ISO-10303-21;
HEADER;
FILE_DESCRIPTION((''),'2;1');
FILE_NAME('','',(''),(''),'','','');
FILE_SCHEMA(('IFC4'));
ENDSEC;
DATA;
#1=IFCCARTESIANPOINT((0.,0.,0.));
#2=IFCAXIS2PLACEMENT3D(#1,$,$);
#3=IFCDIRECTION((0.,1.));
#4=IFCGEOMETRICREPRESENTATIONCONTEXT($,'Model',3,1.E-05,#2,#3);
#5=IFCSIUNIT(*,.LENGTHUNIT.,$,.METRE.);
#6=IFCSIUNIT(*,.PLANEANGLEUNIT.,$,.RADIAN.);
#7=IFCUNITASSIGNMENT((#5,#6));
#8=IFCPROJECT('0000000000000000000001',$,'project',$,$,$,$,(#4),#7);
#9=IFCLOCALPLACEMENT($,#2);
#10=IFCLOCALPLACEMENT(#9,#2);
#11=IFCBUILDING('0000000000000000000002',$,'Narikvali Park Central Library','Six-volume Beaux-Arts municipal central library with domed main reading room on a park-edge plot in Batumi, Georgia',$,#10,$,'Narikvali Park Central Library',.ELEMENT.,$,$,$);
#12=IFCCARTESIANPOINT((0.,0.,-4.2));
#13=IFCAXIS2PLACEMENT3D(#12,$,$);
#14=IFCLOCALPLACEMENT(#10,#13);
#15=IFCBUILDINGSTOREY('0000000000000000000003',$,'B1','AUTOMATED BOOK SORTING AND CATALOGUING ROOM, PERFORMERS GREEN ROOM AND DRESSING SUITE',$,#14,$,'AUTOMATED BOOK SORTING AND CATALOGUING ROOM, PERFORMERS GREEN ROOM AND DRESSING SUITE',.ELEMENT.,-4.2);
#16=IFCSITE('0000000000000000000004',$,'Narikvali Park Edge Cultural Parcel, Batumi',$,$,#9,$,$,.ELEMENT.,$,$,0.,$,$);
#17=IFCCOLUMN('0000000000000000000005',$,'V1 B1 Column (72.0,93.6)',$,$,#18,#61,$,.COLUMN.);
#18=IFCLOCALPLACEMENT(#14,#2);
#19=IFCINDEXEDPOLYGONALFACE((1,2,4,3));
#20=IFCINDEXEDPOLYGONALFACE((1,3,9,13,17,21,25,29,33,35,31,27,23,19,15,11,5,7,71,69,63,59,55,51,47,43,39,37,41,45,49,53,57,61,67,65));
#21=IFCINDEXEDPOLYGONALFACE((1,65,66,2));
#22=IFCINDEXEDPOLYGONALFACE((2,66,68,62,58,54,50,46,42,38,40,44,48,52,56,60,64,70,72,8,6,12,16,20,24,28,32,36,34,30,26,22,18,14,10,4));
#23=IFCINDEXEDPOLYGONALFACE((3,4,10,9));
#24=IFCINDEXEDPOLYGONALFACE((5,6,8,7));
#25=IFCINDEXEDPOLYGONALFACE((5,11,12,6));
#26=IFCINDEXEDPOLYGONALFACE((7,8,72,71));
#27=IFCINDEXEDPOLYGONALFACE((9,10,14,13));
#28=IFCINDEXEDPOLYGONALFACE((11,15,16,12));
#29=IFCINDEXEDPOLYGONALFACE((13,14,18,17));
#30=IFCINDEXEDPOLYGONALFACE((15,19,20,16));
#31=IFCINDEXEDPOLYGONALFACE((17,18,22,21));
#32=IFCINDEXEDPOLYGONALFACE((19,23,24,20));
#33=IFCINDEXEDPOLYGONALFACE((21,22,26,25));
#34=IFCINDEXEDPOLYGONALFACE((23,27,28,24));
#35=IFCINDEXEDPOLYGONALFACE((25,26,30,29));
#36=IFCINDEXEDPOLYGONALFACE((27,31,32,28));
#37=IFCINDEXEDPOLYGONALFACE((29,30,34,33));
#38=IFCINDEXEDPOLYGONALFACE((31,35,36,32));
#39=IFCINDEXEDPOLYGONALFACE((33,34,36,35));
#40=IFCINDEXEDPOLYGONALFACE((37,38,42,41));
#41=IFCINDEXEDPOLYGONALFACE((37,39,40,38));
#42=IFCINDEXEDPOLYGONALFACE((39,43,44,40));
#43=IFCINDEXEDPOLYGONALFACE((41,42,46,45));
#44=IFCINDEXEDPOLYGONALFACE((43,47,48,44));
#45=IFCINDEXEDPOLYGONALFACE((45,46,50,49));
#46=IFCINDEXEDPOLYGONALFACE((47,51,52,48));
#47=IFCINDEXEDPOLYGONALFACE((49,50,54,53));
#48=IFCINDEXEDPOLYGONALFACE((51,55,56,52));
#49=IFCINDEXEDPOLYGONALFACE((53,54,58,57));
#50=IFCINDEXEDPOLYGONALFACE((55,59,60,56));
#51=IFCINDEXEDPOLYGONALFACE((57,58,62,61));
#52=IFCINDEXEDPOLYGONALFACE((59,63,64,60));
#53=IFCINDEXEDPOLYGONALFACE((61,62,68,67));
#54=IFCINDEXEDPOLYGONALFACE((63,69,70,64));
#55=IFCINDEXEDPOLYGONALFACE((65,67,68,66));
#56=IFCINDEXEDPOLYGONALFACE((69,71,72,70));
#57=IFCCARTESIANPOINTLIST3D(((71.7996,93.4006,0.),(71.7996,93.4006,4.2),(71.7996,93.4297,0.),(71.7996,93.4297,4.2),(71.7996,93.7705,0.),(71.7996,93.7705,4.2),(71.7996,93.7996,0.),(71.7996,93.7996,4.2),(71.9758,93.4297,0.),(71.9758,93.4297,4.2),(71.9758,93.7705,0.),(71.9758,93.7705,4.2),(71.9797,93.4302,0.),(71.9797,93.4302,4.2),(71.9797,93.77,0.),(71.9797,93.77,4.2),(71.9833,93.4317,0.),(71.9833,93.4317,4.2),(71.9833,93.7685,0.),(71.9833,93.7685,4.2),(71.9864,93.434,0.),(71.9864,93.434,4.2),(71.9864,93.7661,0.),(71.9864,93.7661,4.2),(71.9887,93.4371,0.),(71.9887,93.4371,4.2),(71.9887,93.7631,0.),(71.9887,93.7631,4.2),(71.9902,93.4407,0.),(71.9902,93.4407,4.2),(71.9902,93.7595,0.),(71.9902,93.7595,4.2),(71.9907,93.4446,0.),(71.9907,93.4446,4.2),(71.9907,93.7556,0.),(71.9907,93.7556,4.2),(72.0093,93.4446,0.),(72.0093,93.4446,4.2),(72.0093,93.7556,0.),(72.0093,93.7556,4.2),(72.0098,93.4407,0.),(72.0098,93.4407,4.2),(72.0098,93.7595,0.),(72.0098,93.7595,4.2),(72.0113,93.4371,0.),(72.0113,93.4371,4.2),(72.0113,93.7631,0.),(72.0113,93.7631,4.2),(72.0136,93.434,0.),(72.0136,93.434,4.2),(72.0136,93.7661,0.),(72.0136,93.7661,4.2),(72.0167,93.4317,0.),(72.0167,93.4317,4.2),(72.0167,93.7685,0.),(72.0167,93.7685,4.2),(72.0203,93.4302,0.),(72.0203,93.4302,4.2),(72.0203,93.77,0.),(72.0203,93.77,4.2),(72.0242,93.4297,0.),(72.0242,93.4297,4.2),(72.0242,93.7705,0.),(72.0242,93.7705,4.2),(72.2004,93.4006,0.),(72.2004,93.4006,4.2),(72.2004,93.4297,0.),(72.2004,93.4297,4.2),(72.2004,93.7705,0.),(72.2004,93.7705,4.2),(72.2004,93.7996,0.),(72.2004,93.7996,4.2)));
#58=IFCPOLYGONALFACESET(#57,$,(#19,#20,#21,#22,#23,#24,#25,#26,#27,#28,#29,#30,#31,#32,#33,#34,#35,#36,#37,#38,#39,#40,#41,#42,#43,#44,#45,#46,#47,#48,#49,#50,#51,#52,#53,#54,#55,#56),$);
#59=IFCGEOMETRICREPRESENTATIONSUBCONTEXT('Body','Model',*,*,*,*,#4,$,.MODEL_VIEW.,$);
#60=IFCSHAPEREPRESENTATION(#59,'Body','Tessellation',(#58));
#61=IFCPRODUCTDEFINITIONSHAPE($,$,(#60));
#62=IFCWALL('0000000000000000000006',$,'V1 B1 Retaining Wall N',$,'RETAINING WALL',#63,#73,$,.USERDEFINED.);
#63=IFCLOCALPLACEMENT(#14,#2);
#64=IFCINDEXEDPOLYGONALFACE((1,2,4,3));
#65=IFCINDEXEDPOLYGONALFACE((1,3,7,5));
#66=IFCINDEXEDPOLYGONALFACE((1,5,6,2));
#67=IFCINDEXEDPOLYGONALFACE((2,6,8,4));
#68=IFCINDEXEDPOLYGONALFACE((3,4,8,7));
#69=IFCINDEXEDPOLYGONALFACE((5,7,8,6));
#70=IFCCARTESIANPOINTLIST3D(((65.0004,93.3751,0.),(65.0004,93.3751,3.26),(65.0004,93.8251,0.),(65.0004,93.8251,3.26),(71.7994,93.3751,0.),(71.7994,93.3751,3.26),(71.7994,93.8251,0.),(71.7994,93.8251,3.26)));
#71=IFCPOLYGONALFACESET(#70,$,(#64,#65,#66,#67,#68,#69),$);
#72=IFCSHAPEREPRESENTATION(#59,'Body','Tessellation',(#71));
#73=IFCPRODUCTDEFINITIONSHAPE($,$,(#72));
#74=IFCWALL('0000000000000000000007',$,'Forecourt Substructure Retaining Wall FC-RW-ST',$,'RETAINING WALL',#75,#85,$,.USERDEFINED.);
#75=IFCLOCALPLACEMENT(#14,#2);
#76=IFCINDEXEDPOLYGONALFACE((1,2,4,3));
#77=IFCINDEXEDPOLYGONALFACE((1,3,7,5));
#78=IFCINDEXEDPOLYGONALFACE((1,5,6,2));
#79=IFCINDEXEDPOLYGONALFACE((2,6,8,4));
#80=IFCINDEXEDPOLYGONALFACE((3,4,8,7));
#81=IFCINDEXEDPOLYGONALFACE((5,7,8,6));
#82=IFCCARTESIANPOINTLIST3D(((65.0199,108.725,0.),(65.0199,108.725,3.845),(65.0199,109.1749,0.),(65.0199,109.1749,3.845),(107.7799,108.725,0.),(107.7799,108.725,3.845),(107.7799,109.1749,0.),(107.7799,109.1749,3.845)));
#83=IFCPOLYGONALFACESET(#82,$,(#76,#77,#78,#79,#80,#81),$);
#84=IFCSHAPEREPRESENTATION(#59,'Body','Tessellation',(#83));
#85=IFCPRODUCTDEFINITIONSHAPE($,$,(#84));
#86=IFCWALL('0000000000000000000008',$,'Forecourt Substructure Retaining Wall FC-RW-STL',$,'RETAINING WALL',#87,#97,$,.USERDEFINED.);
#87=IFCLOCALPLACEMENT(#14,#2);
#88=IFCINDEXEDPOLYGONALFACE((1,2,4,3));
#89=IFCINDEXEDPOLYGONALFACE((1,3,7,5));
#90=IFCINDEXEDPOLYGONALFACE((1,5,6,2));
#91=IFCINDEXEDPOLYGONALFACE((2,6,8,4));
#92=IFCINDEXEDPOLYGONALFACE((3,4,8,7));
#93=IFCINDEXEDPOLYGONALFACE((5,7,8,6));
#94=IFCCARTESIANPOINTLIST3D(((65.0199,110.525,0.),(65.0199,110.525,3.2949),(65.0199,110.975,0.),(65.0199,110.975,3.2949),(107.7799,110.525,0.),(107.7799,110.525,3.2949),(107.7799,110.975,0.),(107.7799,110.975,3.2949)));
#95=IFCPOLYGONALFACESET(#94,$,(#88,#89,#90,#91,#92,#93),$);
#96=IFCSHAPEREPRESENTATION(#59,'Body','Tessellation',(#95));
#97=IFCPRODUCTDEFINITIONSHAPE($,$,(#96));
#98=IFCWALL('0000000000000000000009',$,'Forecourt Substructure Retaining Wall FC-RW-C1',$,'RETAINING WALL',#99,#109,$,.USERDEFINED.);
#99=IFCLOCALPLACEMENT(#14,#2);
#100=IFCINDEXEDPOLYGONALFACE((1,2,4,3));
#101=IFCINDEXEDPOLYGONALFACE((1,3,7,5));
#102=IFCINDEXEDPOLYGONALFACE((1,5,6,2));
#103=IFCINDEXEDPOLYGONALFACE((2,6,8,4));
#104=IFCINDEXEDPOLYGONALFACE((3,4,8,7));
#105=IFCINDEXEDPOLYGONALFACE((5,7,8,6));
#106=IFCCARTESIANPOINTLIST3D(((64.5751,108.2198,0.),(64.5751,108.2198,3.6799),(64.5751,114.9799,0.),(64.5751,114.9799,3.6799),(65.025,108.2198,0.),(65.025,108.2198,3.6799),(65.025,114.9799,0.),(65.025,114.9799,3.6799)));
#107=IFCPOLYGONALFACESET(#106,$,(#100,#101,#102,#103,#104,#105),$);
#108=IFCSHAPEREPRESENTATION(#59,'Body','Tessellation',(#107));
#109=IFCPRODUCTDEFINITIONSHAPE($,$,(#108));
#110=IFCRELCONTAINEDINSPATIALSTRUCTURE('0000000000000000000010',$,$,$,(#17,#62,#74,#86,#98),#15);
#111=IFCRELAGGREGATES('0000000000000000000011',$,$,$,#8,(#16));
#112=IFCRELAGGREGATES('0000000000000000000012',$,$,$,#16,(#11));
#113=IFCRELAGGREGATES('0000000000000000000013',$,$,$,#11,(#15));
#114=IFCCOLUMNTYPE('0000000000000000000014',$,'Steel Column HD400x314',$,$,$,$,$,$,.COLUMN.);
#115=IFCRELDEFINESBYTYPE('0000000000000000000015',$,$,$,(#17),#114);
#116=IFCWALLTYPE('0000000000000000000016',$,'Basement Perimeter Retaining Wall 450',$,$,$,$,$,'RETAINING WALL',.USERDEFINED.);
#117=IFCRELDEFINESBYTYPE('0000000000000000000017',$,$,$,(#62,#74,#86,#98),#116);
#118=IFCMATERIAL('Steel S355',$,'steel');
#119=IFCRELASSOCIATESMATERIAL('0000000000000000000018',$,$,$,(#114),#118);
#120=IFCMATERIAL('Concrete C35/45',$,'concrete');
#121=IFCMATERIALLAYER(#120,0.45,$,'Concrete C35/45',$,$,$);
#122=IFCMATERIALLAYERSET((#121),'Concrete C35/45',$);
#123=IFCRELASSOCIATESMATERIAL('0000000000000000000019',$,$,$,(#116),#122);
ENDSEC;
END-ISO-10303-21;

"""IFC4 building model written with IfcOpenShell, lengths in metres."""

from ifc_helpers import new_model, si_unit, direction, frame, frame_2d, origin, origin_2d, place, context, subcontext, project, spatial, rectangle, i_section, extrude, material, layer, layer_set, material_profile, profile_set, type_object, element, save


model = new_model("IFC4")

# Units and contexts
model_context = context("Model", 3, precision=1e-05, world=origin(), true_north=direction((0.0, 1.0)))
body_context = subcontext(model_context, "Body", "Model", "MODEL_VIEW")
ifc_project = project(units=[si_unit("LENGTHUNIT", "METRE"), si_unit("PLANEANGLEUNIT", "RADIAN")], contexts=[model_context])

# Site, building, storey
site_placement = place(None, origin())
site = spatial("IfcSite", under=ifc_project, at=site_placement, Name="Narikvali Park Edge Cultural Parcel, Batumi", CompositionType="ELEMENT", RefElevation=0.0)
building_placement = place(site_placement, origin())
building = spatial("IfcBuilding", under=site, at=building_placement, Name="Narikvali Park Central Library", Description="Six-volume Beaux-Arts municipal central library with domed main reading room on a park-edge plot in Batumi, Georgia", LongName="Narikvali Park Central Library", CompositionType="ELEMENT")
storey_placement = place(building_placement, frame((0.0, 0.0, -4.2)))
storey = spatial("IfcBuildingStorey", under=building, at=storey_placement, Name="B1", Description="AUTOMATED BOOK SORTING AND CATALOGUING ROOM, PERFORMERS GREEN ROOM AND DRESSING SUITE", LongName="AUTOMATED BOOK SORTING AND CATALOGUING ROOM, PERFORMERS GREEN ROOM AND DRESSING SUITE", CompositionType="ELEMENT", Elevation=-4.2)

# Shared definitions
ifc_material_1 = material(Name="Concrete C35/45", Category="concrete")

# Column
ifc_material_2 = material(Name="Steel S355", Category="steel")
ifc_material_profile_1 = material_profile(ifc_material_2, i_section(OverallWidth=0.4009, OverallDepth=0.3989, WebThickness=0.0186, FlangeThickness=0.0291, FilletRadius=0.0149, at=origin_2d()), Name="HD 400x314")
ifc_profile_set_1 = profile_set([ifc_material_profile_1], Name="Steel S355")
column_type_1 = type_object("IfcColumnType", Name="Steel Column HD400x314", PredefinedType="COLUMN", material=ifc_profile_set_1)
for number, where, z_axis, x_axis, name in (
    (1, (72.0, 93.6001, 0.0), (0.0, 0.0, 1.0), (1.0, 0.0, 0.0), "V1 B1 Column (72.0,93.6)"),
):
    element("IfcColumn", number, at=place(storey_placement, frame(where, z_axis=z_axis, x_axis=x_axis)), inside=storey, type_object=column_type_1, Name=name, PredefinedType="COLUMN", context=body_context, shape_type="SweptSolid", body=[
        extrude(i_section(OverallWidth=0.4009, OverallDepth=0.3989, WebThickness=0.0186, FlangeThickness=0.0291, FilletRadius=0.0149, at=origin_2d()), origin(), (0.0, 0.0, 1.0), 4.2),
    ])

# Walls
ifc_layer_1 = layer(ifc_material_1, 0.45, Name="Concrete C35/45")
ifc_layer_set_1 = layer_set([ifc_layer_1], Name="Concrete C35/45")
wall_type = type_object("IfcWallType", Name="Basement Perimeter Retaining Wall 450", ElementType="RETAINING WALL", PredefinedType="USERDEFINED", material=ifc_layer_set_1)
wall_1_placement = place(storey_placement, frame((65.0005, 93.6001, 0.0), z_axis=(0.0, 0.0, 1.0), x_axis=(1.0, 0.0, 0.0)))
element("IfcWall", 2, at=wall_1_placement, inside=storey, type_object=wall_type, Name="V1 B1 Retaining Wall N", ObjectType="RETAINING WALL", PredefinedType="USERDEFINED", context=body_context, shape_type="SweptSolid", body=[
    extrude(rectangle(XDim=6.7991, YDim=0.45, at=frame_2d((3.3994, 0.0))), origin(), (0.0, 0.0, 1.0), 3.26),
])
wall_2_placement = place(storey_placement, frame((65.02, 108.95, 0.0), z_axis=(0.0, 0.0, 1.0), x_axis=(1.0, 0.0, 0.0)))
element("IfcWall", 3, at=wall_2_placement, inside=storey, type_object=wall_type, Name="Forecourt Substructure Retaining Wall FC-RW-ST", ObjectType="RETAINING WALL", PredefinedType="USERDEFINED", context=body_context, shape_type="SweptSolid", body=[
    extrude(rectangle(XDim=42.76, YDim=0.45, at=frame_2d((21.3799, 0.0))), origin(), (0.0, 0.0, 1.0), 3.845),
])
wall_3_placement = place(storey_placement, frame((65.02, 110.75, 0.0), z_axis=(0.0, 0.0, 1.0), x_axis=(1.0, 0.0, 0.0)))
element("IfcWall", 4, at=wall_3_placement, inside=storey, type_object=wall_type, Name="Forecourt Substructure Retaining Wall FC-RW-STL", ObjectType="RETAINING WALL", PredefinedType="USERDEFINED", context=body_context, shape_type="SweptSolid", body=[
    extrude(rectangle(XDim=42.76, YDim=0.45, at=frame_2d((21.3799, 0.0))), origin(), (0.0, 0.0, 1.0), 3.2949),
])
wall_4_placement = place(storey_placement, frame((64.8, 108.22, 0.0), z_axis=(0.0, 0.0, 1.0), x_axis=(0.0, 1.0, 0.0)))
element("IfcWall", 5, at=wall_4_placement, inside=storey, type_object=wall_type, Name="Forecourt Substructure Retaining Wall FC-RW-C1", ObjectType="RETAINING WALL", PredefinedType="USERDEFINED", context=body_context, shape_type="SweptSolid", body=[
    extrude(rectangle(XDim=6.76, YDim=0.45, at=frame_2d((3.3799, 0.0))), origin(), (0.0, 0.0, 1.0), 3.6799),
])

save(model, "model.ifc")
